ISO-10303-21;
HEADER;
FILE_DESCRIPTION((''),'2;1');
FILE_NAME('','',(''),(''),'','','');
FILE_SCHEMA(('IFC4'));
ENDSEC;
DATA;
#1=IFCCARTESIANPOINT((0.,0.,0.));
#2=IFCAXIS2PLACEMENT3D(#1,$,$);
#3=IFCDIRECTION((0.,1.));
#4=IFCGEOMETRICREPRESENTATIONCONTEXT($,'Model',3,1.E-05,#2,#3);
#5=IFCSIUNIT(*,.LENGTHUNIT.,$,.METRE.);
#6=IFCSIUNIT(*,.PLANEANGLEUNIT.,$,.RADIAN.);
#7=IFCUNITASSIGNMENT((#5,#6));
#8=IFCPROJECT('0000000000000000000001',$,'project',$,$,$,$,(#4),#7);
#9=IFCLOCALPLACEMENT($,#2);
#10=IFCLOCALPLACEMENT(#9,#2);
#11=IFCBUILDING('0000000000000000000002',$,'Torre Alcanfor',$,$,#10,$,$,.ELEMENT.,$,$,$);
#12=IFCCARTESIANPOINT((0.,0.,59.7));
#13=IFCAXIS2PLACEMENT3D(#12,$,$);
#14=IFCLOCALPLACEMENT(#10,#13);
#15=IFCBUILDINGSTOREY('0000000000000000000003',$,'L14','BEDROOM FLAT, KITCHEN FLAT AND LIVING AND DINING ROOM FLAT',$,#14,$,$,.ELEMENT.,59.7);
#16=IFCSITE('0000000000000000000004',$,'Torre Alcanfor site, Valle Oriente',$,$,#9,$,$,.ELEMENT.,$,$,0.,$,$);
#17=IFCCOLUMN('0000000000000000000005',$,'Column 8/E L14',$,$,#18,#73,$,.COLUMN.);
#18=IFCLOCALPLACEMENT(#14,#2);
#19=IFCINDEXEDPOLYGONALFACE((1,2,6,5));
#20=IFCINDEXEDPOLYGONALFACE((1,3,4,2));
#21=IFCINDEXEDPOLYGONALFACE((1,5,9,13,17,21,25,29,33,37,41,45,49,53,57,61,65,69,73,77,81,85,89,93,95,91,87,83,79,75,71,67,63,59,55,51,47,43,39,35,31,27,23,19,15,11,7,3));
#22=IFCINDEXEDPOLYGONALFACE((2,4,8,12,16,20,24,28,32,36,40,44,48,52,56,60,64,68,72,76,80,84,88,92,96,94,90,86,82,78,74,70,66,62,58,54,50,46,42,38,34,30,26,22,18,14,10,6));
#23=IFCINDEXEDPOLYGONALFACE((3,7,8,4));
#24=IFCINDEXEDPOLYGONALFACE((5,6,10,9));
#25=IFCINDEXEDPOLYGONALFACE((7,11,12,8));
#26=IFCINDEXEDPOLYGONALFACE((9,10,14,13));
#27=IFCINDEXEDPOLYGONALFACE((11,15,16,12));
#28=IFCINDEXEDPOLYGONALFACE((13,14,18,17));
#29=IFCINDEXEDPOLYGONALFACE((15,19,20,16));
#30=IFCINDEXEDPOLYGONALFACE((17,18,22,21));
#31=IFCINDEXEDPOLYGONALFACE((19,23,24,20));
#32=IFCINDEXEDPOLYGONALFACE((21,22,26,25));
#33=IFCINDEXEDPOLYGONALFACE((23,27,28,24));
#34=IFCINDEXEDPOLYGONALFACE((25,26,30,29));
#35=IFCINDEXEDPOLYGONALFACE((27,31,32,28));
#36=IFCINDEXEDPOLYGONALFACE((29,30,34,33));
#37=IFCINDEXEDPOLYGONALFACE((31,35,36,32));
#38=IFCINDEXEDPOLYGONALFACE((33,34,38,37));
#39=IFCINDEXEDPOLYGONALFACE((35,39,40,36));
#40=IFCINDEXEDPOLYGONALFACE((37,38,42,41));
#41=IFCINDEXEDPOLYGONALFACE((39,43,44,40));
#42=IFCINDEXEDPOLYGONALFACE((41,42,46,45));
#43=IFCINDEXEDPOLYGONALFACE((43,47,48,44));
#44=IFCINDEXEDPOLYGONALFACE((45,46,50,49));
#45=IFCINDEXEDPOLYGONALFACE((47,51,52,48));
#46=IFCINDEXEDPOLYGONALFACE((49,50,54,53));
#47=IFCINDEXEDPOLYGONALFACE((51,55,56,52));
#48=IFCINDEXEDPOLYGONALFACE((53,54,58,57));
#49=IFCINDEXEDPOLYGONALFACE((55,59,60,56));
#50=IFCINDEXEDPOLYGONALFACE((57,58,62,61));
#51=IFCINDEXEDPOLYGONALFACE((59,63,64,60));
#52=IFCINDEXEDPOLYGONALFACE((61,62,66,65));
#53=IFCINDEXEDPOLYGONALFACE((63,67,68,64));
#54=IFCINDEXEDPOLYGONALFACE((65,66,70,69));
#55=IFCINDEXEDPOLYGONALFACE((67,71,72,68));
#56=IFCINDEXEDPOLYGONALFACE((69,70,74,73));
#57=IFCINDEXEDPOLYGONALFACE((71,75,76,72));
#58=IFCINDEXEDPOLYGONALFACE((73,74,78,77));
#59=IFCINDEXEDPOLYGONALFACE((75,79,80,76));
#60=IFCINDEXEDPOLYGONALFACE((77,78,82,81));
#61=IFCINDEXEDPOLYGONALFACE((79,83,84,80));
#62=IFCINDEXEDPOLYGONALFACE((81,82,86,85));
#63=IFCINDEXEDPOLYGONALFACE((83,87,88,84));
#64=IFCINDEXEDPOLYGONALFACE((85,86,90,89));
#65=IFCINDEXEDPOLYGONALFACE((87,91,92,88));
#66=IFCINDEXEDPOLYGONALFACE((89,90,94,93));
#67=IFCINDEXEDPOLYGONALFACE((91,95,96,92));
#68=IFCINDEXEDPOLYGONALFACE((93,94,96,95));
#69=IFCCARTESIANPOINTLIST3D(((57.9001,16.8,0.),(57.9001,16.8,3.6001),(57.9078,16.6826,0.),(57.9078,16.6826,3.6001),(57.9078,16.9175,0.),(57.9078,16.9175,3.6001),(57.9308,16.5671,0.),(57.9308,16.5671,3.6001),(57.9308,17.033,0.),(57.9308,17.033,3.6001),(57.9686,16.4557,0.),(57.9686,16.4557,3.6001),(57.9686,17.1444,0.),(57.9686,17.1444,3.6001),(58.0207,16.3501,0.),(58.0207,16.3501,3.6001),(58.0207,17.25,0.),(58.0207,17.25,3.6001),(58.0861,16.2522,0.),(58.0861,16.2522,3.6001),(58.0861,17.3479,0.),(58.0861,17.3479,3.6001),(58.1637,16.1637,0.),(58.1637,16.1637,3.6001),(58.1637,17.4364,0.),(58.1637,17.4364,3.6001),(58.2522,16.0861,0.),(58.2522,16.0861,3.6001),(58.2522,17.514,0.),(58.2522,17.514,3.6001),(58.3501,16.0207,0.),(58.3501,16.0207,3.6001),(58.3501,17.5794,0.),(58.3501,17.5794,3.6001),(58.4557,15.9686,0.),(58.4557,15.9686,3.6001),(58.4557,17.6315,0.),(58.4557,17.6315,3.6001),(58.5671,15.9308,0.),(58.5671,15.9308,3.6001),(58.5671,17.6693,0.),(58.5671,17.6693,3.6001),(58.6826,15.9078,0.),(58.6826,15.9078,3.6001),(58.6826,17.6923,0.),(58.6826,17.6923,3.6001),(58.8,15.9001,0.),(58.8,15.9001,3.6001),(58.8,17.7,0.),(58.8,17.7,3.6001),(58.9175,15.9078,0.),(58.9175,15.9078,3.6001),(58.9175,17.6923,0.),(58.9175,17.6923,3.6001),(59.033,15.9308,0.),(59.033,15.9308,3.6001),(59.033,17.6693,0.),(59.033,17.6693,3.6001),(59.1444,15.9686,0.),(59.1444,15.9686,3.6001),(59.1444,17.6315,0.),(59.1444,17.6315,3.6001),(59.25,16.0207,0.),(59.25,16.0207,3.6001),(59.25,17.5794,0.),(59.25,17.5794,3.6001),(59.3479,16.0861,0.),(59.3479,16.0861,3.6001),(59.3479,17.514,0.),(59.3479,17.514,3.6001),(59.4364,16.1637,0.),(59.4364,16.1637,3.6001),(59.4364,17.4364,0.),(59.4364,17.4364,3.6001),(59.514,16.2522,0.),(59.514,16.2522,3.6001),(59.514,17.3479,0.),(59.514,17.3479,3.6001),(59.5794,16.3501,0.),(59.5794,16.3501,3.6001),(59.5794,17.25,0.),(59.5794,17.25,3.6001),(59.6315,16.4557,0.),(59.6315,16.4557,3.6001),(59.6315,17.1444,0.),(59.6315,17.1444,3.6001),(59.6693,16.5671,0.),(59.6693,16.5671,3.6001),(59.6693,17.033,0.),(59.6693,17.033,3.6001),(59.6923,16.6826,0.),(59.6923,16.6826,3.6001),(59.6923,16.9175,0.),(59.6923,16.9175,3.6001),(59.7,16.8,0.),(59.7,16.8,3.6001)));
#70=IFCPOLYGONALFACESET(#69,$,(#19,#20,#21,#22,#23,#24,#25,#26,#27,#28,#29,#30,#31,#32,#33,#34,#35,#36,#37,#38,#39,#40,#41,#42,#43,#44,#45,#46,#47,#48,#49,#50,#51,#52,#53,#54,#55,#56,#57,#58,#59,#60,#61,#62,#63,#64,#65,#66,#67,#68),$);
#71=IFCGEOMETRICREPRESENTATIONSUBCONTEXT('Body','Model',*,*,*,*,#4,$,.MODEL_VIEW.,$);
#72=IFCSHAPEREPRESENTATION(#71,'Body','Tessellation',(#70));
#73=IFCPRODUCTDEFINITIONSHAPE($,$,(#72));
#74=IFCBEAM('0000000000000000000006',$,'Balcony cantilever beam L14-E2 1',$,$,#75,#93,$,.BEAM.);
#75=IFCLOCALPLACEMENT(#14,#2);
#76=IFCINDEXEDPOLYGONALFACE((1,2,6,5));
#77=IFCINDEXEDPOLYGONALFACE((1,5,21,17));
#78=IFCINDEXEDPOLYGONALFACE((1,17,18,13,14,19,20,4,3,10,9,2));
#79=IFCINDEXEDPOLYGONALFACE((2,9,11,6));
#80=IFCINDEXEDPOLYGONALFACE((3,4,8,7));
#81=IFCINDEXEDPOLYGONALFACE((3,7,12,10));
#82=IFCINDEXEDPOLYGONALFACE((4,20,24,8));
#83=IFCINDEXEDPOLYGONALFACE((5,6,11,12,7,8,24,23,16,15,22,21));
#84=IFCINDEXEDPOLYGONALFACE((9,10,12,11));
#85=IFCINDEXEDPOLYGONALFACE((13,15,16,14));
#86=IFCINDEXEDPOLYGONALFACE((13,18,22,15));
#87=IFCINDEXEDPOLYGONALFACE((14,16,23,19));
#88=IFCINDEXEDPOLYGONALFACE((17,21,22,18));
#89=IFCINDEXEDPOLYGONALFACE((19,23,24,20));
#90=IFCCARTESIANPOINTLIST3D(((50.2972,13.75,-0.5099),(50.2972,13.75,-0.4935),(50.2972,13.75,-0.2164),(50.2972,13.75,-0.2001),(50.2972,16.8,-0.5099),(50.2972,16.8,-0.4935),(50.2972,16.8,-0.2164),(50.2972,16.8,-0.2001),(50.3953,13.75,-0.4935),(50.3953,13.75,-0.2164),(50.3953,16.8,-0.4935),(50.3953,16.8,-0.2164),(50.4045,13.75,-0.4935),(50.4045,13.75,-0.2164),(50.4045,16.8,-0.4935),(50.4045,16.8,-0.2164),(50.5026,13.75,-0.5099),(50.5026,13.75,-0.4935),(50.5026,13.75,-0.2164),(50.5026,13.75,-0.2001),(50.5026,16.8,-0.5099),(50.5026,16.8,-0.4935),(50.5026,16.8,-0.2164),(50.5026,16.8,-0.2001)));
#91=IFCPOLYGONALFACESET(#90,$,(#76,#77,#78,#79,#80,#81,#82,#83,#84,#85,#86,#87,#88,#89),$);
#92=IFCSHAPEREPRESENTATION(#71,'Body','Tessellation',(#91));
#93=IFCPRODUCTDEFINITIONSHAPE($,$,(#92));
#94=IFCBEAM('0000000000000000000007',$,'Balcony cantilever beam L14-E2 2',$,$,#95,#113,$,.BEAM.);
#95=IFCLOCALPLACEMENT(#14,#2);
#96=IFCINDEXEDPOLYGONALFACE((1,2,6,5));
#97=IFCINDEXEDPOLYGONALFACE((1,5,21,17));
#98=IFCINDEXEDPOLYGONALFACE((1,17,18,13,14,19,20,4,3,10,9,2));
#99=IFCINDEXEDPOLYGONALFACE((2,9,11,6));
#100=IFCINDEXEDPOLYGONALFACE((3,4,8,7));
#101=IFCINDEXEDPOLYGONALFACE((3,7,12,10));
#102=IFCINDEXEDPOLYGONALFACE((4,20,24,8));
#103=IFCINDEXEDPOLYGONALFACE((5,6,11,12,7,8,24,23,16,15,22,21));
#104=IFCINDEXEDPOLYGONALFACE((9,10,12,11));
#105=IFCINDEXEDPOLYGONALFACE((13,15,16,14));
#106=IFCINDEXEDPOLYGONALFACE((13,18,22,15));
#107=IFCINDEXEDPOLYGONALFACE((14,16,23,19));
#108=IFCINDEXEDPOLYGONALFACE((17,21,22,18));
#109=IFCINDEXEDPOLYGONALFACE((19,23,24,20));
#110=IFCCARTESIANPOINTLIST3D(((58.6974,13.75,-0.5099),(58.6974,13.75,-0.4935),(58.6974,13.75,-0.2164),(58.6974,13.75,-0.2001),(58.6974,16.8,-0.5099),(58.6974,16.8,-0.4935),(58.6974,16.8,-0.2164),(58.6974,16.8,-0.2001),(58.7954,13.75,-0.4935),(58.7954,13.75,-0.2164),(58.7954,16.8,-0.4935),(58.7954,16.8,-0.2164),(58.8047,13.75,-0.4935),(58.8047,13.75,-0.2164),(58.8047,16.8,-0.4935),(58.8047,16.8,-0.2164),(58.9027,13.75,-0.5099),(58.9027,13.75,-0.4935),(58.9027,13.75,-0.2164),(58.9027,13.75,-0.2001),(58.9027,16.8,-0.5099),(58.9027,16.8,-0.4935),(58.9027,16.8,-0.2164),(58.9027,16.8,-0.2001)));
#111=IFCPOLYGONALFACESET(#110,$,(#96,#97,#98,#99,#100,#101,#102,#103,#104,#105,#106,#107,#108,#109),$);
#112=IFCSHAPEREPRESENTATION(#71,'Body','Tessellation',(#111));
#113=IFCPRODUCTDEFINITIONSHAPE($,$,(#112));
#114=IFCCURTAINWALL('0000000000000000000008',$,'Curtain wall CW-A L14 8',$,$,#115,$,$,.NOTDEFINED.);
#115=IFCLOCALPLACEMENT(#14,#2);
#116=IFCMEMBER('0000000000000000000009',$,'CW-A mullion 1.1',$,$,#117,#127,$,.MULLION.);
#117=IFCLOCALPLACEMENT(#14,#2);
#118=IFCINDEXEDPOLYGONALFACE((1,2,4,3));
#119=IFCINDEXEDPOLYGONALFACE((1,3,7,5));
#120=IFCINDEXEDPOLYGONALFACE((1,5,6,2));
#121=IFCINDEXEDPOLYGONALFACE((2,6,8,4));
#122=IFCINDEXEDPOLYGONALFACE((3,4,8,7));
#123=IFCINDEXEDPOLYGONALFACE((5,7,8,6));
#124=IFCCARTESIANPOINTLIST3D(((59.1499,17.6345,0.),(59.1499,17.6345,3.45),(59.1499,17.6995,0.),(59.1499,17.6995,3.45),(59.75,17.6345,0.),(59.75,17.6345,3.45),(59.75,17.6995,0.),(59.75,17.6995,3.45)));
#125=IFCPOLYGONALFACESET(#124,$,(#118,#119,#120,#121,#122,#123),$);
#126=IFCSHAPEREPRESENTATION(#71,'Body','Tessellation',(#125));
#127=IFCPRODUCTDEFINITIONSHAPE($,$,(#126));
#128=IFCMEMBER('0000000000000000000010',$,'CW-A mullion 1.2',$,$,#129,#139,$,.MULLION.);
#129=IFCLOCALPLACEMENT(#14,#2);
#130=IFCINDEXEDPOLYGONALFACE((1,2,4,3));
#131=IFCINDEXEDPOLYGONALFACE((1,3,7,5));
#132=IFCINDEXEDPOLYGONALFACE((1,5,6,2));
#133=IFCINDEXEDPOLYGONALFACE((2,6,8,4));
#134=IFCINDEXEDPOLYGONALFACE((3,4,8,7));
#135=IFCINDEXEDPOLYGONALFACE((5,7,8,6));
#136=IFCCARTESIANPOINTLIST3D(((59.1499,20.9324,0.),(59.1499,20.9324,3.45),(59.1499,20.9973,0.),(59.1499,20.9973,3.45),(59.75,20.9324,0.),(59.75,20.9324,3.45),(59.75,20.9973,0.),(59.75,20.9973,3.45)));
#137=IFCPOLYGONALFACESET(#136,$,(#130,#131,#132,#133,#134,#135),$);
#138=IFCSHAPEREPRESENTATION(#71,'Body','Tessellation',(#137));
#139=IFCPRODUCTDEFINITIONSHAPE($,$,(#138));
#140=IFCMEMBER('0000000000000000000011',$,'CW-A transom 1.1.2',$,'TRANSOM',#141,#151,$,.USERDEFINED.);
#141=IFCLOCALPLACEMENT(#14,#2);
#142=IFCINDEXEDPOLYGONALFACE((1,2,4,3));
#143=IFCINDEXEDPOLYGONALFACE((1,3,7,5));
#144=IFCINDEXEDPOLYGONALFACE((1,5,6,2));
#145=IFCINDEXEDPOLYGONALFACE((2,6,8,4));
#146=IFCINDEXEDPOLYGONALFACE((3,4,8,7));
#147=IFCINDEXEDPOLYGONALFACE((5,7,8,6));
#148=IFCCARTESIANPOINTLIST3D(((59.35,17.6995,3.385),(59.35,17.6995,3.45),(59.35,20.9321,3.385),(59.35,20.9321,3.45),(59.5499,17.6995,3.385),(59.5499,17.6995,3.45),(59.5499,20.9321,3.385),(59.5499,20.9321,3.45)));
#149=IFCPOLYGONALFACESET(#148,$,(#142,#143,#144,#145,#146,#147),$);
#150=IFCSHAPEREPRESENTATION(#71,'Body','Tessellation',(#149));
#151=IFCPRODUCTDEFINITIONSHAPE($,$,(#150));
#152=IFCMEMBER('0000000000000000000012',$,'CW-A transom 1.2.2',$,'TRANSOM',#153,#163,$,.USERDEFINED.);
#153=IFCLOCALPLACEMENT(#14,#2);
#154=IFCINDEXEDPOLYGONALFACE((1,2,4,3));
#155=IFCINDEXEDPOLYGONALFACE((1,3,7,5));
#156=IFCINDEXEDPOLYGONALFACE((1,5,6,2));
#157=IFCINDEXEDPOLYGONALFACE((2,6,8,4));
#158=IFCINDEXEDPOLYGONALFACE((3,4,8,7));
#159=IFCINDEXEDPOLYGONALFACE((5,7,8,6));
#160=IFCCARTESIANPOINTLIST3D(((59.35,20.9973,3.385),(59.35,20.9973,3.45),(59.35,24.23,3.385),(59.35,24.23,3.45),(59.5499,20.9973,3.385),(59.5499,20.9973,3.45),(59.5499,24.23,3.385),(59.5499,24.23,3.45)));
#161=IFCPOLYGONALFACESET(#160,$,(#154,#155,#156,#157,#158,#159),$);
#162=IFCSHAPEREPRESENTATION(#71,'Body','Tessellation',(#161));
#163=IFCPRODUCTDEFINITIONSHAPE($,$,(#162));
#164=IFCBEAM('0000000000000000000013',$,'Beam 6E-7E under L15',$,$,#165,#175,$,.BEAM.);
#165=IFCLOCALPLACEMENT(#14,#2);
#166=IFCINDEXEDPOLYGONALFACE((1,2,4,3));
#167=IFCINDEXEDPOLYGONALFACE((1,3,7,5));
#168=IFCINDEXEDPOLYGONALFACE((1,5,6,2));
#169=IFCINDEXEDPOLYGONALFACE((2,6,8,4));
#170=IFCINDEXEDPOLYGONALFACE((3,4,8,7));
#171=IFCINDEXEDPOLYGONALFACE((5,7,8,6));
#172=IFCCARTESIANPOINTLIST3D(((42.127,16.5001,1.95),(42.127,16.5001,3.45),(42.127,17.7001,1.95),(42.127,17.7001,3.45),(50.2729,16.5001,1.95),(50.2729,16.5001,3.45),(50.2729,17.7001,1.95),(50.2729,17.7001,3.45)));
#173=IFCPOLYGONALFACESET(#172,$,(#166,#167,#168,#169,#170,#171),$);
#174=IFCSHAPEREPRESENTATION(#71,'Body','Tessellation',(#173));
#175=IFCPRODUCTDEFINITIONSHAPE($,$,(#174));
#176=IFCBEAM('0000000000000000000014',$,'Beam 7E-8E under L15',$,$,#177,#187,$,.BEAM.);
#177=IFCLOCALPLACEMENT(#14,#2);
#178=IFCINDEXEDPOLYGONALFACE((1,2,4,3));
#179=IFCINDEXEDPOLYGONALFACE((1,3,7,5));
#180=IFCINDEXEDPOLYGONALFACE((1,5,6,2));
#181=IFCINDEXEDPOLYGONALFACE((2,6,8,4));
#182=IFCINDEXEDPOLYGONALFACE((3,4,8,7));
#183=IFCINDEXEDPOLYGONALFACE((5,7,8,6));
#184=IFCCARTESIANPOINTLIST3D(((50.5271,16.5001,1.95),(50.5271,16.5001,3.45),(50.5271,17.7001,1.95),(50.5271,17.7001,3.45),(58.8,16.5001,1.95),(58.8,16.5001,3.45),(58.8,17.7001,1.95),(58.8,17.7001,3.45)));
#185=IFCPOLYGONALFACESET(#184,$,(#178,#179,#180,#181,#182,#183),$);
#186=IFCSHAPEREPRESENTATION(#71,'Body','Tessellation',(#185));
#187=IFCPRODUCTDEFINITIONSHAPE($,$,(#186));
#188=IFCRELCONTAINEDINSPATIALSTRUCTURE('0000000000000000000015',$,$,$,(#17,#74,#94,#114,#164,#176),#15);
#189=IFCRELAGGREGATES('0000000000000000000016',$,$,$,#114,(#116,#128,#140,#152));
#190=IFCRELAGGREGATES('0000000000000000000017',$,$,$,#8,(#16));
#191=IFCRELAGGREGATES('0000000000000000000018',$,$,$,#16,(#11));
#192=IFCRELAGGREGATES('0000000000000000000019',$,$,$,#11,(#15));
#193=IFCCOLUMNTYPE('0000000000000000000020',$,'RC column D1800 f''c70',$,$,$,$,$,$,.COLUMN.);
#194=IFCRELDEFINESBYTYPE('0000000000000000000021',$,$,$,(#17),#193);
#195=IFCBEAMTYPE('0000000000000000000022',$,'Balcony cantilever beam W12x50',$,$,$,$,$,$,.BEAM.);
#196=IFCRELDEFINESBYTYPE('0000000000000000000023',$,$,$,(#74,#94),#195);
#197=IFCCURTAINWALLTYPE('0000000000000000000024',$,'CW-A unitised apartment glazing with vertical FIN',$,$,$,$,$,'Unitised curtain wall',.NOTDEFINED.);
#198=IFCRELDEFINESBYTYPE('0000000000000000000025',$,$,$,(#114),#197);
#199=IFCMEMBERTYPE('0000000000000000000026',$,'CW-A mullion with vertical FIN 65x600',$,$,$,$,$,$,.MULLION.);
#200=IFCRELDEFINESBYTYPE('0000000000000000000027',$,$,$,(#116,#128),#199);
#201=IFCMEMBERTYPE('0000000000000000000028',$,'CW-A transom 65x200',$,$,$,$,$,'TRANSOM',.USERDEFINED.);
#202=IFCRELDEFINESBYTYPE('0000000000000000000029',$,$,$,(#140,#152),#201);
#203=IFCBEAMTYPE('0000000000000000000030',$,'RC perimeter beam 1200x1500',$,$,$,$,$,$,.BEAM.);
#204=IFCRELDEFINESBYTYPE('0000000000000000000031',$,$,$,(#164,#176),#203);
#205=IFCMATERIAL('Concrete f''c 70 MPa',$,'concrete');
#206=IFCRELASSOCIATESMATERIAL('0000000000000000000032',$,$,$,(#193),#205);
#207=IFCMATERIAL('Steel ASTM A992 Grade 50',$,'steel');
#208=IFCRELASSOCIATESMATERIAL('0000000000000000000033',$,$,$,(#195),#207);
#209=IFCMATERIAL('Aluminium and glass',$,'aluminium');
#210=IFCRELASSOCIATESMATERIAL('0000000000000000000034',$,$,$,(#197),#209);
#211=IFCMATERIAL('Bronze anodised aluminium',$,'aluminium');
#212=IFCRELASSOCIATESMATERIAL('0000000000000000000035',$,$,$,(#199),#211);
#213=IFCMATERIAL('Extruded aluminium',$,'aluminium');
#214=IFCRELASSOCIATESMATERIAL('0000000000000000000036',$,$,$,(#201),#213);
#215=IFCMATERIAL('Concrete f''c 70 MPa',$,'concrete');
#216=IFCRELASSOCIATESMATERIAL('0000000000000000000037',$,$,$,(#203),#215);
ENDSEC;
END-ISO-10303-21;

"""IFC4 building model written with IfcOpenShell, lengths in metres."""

from ifc_helpers import new_model, si_unit, direction, frame, origin, origin_2d, place, context, subcontext, project, spatial, rectangle, circle, i_section, extrude, material, material_profile, profile_set, type_object, element, aggregate, save


model = new_model("IFC4")

# Units and contexts
model_context = context("Model", 3, precision=1e-05, world=origin(), true_north=direction((0.0, 1.0)))
body_context = subcontext(model_context, "Body", "Model", "MODEL_VIEW")
ifc_project = project(units=[si_unit("LENGTHUNIT", "METRE"), si_unit("PLANEANGLEUNIT", "RADIAN")], contexts=[model_context])

# Site, building, storey
site_placement = place(None, origin())
site = spatial("IfcSite", under=ifc_project, at=site_placement, Name="Torre Alcanfor site, Valle Oriente", CompositionType="ELEMENT", RefElevation=0.0)
building_placement = place(site_placement, origin())
building = spatial("IfcBuilding", under=site, at=building_placement, Name="Torre Alcanfor", CompositionType="ELEMENT")
storey_placement = place(building_placement, frame((0.0, 0.0, 59.7)))
storey = spatial("IfcBuildingStorey", under=building, at=storey_placement, Name="L14", Description="BEDROOM FLAT, KITCHEN FLAT AND LIVING AND DINING ROOM FLAT", CompositionType="ELEMENT", Elevation=59.7)

# Column
ifc_material_1 = material(Name="Concrete f'c 70 MPa", Category="concrete")
ifc_material_profile_1 = material_profile(ifc_material_1, circle(Radius=0.8999, at=origin_2d()), Name="D1800")
ifc_profile_set_1 = profile_set([ifc_material_profile_1], Name="Concrete f'c 70 MPa")
column_type = type_object("IfcColumnType", Name="RC column D1800 f'c70", PredefinedType="COLUMN", material=ifc_profile_set_1)
column_placement = place(storey_placement, frame((58.8, 16.8, 0.0), z_axis=(0.0, 0.0, 1.0), x_axis=(1.0, 0.0, 0.0)))
element("IfcColumn", 1, at=column_placement, inside=storey, type_object=column_type, Name="Column 8/E L14", PredefinedType="COLUMN", context=body_context, shape_type="SweptSolid", body=[
    extrude(circle(Radius=0.8999, at=origin_2d()), origin(), (0.0, 0.0, 1.0), 3.6001),
])

# Beams
ifc_material_2 = material(Name="Steel ASTM A992 Grade 50", Category="steel")
ifc_material_profile_2 = material_profile(ifc_material_2, i_section(OverallWidth=0.2053, OverallDepth=0.3098, WebThickness=0.0093, FlangeThickness=0.0164, at=origin_2d()), Name="W12x50")
ifc_profile_set_2 = profile_set([ifc_material_profile_2], Name="Steel ASTM A992 Grade 50")
beam_type_1 = type_object("IfcBeamType", Name="Balcony cantilever beam W12x50", PredefinedType="BEAM", material=ifc_profile_set_2)
for number, where, z_axis, x_axis, name in (
    (2, (50.3999, 16.8, -0.355), (0.0, -1.0, 0.0), (1.0, 0.0, 0.0), "Balcony cantilever beam L14-E2 1"),
    (3, (58.8, 16.8, -0.355), (0.0, -1.0, 0.0), (1.0, 0.0, 0.0), "Balcony cantilever beam L14-E2 2"),
):
    element("IfcBeam", number, at=place(storey_placement, frame(where, z_axis=z_axis, x_axis=x_axis)), inside=storey, type_object=beam_type_1, Name=name, PredefinedType="BEAM", context=body_context, shape_type="SweptSolid", body=[
        extrude(i_section(OverallWidth=0.2053, OverallDepth=0.3098, WebThickness=0.0093, FlangeThickness=0.0164, at=origin_2d()), origin(), (0.0, 0.0, 1.0), 3.05),
    ])

# Curtain wall, members
ifc_material_3 = material(Name="Aluminium and glass", Category="aluminium")
curtain_wall_type = type_object("IfcCurtainWallType", Name="CW-A unitised apartment glazing with vertical FIN", ElementType="Unitised curtain wall", PredefinedType="NOTDEFINED", material=ifc_material_3)
curtain_wall_placement = place(storey_placement, origin())
curtain_wall = element("IfcCurtainWall", 4, at=curtain_wall_placement, inside=storey, type_object=curtain_wall_type, Name="Curtain wall CW-A L14 8", PredefinedType="NOTDEFINED")
ifc_material_4 = material(Name="Bronze anodised aluminium", Category="aluminium")
ifc_material_profile_3 = material_profile(ifc_material_4, rectangle(XDim=0.6001, YDim=0.0649, at=origin_2d()), Name="CW-A mullion 65x600")
ifc_profile_set_3 = profile_set([ifc_material_profile_3], Name="Bronze anodised aluminium")
member_type_1 = type_object("IfcMemberType", Name="CW-A mullion with vertical FIN 65x600", PredefinedType="MULLION", material=ifc_profile_set_3)
member_1_placement = place(storey_placement, frame((59.45, 17.667, 0.0), z_axis=(0.0, 0.0, 1.0), x_axis=(-1.0, 0.0, 0.0)))
member_1 = element("IfcMember", 5, at=member_1_placement, type_object=member_type_1, Name="CW-A mullion 1.1", PredefinedType="MULLION", context=body_context, shape_type="SweptSolid", body=[
    extrude(rectangle(XDim=0.6001, YDim=0.0649, at=origin_2d()), origin(), (0.0, 0.0, 1.0), 3.45),
])
member_2_placement = place(storey_placement, frame((59.45, 20.9648, 0.0), z_axis=(0.0, 0.0, 1.0), x_axis=(-1.0, 0.0, 0.0)))
member_2 = element("IfcMember", 6, at=member_2_placement, type_object=member_type_1, Name="CW-A mullion 1.2", PredefinedType="MULLION", context=body_context, shape_type="SweptSolid", body=[
    extrude(rectangle(XDim=0.6001, YDim=0.0649, at=origin_2d()), origin(), (0.0, 0.0, 1.0), 3.45),
])
ifc_material_5 = material(Name="Extruded aluminium", Category="aluminium")
ifc_material_profile_4 = material_profile(ifc_material_5, rectangle(XDim=0.2, YDim=0.0649, at=origin_2d()), Name="CW-A transom 200x65")
ifc_profile_set_4 = profile_set([ifc_material_profile_4], Name="Extruded aluminium")
member_type_2 = type_object("IfcMemberType", Name="CW-A transom 65x200", ElementType="TRANSOM", PredefinedType="USERDEFINED", material=ifc_profile_set_4)
member_3_placement = place(storey_placement, frame((59.45, 17.6995, 3.4175), z_axis=(0.0, 1.0, 0.0), x_axis=(-1.0, 0.0, 0.0)))
member_3 = element("IfcMember", 7, at=member_3_placement, type_object=member_type_2, Name="CW-A transom 1.1.2", ObjectType="TRANSOM", PredefinedType="USERDEFINED", context=body_context, shape_type="SweptSolid", body=[
    extrude(rectangle(XDim=0.2, YDim=0.0649, at=origin_2d()), origin(), (0.0, 0.0, 1.0), 3.2327),
])
member_4_placement = place(storey_placement, frame((59.45, 20.9973, 3.4175), z_axis=(0.0, 1.0, 0.0), x_axis=(-1.0, 0.0, 0.0)))
member_4 = element("IfcMember", 8, at=member_4_placement, type_object=member_type_2, Name="CW-A transom 1.2.2", ObjectType="TRANSOM", PredefinedType="USERDEFINED", context=body_context, shape_type="SweptSolid", body=[
    extrude(rectangle(XDim=0.2, YDim=0.0649, at=origin_2d()), origin(), (0.0, 0.0, 1.0), 3.2327),
])

# Beams
ifc_material_6 = material(Name="Concrete f'c 70 MPa", Category="concrete")
ifc_material_profile_5 = material_profile(ifc_material_6, rectangle(XDim=1.2, YDim=1.5, at=origin_2d()), Name="1200x1500")
ifc_profile_set_5 = profile_set([ifc_material_profile_5], Name="Concrete f'c 70 MPa")
beam_type_2 = type_object("IfcBeamType", Name="RC perimeter beam 1200x1500", PredefinedType="BEAM", material=ifc_profile_set_5)
beam_placement = place(storey_placement, frame((42.127, 17.1001, 2.7), z_axis=(1.0, 0.0, 0.0), x_axis=(0.0, 1.0, 0.0)))
element("IfcBeam", 9, at=beam_placement, inside=storey, type_object=beam_type_2, Name="Beam 6E-7E under L15", PredefinedType="BEAM", context=body_context, shape_type="SweptSolid", body=[
    extrude(rectangle(XDim=1.2, YDim=1.5, at=origin_2d()), origin(), (0.0, 0.0, 1.0), 8.146),
])
for number, where, z_axis, x_axis, name in (
    (10, (50.5271, 17.1001, 2.7), (1.0, 0.0, 0.0), (0.0, 1.0, 0.0), "Beam 7E-8E under L15"),
):
    element("IfcBeam", number, at=place(storey_placement, frame(where, z_axis=z_axis, x_axis=x_axis)), inside=storey, type_object=beam_type_2, Name=name, PredefinedType="BEAM", context=body_context, shape_type="SweptSolid", body=[
        extrude(rectangle(XDim=1.2, YDim=1.5, at=origin_2d()), origin(), (0.0, 0.0, 1.0), 8.2729),
    ])

aggregate(curtain_wall, [member_1, member_2, member_3, member_4])

save(model, "model.ifc")
